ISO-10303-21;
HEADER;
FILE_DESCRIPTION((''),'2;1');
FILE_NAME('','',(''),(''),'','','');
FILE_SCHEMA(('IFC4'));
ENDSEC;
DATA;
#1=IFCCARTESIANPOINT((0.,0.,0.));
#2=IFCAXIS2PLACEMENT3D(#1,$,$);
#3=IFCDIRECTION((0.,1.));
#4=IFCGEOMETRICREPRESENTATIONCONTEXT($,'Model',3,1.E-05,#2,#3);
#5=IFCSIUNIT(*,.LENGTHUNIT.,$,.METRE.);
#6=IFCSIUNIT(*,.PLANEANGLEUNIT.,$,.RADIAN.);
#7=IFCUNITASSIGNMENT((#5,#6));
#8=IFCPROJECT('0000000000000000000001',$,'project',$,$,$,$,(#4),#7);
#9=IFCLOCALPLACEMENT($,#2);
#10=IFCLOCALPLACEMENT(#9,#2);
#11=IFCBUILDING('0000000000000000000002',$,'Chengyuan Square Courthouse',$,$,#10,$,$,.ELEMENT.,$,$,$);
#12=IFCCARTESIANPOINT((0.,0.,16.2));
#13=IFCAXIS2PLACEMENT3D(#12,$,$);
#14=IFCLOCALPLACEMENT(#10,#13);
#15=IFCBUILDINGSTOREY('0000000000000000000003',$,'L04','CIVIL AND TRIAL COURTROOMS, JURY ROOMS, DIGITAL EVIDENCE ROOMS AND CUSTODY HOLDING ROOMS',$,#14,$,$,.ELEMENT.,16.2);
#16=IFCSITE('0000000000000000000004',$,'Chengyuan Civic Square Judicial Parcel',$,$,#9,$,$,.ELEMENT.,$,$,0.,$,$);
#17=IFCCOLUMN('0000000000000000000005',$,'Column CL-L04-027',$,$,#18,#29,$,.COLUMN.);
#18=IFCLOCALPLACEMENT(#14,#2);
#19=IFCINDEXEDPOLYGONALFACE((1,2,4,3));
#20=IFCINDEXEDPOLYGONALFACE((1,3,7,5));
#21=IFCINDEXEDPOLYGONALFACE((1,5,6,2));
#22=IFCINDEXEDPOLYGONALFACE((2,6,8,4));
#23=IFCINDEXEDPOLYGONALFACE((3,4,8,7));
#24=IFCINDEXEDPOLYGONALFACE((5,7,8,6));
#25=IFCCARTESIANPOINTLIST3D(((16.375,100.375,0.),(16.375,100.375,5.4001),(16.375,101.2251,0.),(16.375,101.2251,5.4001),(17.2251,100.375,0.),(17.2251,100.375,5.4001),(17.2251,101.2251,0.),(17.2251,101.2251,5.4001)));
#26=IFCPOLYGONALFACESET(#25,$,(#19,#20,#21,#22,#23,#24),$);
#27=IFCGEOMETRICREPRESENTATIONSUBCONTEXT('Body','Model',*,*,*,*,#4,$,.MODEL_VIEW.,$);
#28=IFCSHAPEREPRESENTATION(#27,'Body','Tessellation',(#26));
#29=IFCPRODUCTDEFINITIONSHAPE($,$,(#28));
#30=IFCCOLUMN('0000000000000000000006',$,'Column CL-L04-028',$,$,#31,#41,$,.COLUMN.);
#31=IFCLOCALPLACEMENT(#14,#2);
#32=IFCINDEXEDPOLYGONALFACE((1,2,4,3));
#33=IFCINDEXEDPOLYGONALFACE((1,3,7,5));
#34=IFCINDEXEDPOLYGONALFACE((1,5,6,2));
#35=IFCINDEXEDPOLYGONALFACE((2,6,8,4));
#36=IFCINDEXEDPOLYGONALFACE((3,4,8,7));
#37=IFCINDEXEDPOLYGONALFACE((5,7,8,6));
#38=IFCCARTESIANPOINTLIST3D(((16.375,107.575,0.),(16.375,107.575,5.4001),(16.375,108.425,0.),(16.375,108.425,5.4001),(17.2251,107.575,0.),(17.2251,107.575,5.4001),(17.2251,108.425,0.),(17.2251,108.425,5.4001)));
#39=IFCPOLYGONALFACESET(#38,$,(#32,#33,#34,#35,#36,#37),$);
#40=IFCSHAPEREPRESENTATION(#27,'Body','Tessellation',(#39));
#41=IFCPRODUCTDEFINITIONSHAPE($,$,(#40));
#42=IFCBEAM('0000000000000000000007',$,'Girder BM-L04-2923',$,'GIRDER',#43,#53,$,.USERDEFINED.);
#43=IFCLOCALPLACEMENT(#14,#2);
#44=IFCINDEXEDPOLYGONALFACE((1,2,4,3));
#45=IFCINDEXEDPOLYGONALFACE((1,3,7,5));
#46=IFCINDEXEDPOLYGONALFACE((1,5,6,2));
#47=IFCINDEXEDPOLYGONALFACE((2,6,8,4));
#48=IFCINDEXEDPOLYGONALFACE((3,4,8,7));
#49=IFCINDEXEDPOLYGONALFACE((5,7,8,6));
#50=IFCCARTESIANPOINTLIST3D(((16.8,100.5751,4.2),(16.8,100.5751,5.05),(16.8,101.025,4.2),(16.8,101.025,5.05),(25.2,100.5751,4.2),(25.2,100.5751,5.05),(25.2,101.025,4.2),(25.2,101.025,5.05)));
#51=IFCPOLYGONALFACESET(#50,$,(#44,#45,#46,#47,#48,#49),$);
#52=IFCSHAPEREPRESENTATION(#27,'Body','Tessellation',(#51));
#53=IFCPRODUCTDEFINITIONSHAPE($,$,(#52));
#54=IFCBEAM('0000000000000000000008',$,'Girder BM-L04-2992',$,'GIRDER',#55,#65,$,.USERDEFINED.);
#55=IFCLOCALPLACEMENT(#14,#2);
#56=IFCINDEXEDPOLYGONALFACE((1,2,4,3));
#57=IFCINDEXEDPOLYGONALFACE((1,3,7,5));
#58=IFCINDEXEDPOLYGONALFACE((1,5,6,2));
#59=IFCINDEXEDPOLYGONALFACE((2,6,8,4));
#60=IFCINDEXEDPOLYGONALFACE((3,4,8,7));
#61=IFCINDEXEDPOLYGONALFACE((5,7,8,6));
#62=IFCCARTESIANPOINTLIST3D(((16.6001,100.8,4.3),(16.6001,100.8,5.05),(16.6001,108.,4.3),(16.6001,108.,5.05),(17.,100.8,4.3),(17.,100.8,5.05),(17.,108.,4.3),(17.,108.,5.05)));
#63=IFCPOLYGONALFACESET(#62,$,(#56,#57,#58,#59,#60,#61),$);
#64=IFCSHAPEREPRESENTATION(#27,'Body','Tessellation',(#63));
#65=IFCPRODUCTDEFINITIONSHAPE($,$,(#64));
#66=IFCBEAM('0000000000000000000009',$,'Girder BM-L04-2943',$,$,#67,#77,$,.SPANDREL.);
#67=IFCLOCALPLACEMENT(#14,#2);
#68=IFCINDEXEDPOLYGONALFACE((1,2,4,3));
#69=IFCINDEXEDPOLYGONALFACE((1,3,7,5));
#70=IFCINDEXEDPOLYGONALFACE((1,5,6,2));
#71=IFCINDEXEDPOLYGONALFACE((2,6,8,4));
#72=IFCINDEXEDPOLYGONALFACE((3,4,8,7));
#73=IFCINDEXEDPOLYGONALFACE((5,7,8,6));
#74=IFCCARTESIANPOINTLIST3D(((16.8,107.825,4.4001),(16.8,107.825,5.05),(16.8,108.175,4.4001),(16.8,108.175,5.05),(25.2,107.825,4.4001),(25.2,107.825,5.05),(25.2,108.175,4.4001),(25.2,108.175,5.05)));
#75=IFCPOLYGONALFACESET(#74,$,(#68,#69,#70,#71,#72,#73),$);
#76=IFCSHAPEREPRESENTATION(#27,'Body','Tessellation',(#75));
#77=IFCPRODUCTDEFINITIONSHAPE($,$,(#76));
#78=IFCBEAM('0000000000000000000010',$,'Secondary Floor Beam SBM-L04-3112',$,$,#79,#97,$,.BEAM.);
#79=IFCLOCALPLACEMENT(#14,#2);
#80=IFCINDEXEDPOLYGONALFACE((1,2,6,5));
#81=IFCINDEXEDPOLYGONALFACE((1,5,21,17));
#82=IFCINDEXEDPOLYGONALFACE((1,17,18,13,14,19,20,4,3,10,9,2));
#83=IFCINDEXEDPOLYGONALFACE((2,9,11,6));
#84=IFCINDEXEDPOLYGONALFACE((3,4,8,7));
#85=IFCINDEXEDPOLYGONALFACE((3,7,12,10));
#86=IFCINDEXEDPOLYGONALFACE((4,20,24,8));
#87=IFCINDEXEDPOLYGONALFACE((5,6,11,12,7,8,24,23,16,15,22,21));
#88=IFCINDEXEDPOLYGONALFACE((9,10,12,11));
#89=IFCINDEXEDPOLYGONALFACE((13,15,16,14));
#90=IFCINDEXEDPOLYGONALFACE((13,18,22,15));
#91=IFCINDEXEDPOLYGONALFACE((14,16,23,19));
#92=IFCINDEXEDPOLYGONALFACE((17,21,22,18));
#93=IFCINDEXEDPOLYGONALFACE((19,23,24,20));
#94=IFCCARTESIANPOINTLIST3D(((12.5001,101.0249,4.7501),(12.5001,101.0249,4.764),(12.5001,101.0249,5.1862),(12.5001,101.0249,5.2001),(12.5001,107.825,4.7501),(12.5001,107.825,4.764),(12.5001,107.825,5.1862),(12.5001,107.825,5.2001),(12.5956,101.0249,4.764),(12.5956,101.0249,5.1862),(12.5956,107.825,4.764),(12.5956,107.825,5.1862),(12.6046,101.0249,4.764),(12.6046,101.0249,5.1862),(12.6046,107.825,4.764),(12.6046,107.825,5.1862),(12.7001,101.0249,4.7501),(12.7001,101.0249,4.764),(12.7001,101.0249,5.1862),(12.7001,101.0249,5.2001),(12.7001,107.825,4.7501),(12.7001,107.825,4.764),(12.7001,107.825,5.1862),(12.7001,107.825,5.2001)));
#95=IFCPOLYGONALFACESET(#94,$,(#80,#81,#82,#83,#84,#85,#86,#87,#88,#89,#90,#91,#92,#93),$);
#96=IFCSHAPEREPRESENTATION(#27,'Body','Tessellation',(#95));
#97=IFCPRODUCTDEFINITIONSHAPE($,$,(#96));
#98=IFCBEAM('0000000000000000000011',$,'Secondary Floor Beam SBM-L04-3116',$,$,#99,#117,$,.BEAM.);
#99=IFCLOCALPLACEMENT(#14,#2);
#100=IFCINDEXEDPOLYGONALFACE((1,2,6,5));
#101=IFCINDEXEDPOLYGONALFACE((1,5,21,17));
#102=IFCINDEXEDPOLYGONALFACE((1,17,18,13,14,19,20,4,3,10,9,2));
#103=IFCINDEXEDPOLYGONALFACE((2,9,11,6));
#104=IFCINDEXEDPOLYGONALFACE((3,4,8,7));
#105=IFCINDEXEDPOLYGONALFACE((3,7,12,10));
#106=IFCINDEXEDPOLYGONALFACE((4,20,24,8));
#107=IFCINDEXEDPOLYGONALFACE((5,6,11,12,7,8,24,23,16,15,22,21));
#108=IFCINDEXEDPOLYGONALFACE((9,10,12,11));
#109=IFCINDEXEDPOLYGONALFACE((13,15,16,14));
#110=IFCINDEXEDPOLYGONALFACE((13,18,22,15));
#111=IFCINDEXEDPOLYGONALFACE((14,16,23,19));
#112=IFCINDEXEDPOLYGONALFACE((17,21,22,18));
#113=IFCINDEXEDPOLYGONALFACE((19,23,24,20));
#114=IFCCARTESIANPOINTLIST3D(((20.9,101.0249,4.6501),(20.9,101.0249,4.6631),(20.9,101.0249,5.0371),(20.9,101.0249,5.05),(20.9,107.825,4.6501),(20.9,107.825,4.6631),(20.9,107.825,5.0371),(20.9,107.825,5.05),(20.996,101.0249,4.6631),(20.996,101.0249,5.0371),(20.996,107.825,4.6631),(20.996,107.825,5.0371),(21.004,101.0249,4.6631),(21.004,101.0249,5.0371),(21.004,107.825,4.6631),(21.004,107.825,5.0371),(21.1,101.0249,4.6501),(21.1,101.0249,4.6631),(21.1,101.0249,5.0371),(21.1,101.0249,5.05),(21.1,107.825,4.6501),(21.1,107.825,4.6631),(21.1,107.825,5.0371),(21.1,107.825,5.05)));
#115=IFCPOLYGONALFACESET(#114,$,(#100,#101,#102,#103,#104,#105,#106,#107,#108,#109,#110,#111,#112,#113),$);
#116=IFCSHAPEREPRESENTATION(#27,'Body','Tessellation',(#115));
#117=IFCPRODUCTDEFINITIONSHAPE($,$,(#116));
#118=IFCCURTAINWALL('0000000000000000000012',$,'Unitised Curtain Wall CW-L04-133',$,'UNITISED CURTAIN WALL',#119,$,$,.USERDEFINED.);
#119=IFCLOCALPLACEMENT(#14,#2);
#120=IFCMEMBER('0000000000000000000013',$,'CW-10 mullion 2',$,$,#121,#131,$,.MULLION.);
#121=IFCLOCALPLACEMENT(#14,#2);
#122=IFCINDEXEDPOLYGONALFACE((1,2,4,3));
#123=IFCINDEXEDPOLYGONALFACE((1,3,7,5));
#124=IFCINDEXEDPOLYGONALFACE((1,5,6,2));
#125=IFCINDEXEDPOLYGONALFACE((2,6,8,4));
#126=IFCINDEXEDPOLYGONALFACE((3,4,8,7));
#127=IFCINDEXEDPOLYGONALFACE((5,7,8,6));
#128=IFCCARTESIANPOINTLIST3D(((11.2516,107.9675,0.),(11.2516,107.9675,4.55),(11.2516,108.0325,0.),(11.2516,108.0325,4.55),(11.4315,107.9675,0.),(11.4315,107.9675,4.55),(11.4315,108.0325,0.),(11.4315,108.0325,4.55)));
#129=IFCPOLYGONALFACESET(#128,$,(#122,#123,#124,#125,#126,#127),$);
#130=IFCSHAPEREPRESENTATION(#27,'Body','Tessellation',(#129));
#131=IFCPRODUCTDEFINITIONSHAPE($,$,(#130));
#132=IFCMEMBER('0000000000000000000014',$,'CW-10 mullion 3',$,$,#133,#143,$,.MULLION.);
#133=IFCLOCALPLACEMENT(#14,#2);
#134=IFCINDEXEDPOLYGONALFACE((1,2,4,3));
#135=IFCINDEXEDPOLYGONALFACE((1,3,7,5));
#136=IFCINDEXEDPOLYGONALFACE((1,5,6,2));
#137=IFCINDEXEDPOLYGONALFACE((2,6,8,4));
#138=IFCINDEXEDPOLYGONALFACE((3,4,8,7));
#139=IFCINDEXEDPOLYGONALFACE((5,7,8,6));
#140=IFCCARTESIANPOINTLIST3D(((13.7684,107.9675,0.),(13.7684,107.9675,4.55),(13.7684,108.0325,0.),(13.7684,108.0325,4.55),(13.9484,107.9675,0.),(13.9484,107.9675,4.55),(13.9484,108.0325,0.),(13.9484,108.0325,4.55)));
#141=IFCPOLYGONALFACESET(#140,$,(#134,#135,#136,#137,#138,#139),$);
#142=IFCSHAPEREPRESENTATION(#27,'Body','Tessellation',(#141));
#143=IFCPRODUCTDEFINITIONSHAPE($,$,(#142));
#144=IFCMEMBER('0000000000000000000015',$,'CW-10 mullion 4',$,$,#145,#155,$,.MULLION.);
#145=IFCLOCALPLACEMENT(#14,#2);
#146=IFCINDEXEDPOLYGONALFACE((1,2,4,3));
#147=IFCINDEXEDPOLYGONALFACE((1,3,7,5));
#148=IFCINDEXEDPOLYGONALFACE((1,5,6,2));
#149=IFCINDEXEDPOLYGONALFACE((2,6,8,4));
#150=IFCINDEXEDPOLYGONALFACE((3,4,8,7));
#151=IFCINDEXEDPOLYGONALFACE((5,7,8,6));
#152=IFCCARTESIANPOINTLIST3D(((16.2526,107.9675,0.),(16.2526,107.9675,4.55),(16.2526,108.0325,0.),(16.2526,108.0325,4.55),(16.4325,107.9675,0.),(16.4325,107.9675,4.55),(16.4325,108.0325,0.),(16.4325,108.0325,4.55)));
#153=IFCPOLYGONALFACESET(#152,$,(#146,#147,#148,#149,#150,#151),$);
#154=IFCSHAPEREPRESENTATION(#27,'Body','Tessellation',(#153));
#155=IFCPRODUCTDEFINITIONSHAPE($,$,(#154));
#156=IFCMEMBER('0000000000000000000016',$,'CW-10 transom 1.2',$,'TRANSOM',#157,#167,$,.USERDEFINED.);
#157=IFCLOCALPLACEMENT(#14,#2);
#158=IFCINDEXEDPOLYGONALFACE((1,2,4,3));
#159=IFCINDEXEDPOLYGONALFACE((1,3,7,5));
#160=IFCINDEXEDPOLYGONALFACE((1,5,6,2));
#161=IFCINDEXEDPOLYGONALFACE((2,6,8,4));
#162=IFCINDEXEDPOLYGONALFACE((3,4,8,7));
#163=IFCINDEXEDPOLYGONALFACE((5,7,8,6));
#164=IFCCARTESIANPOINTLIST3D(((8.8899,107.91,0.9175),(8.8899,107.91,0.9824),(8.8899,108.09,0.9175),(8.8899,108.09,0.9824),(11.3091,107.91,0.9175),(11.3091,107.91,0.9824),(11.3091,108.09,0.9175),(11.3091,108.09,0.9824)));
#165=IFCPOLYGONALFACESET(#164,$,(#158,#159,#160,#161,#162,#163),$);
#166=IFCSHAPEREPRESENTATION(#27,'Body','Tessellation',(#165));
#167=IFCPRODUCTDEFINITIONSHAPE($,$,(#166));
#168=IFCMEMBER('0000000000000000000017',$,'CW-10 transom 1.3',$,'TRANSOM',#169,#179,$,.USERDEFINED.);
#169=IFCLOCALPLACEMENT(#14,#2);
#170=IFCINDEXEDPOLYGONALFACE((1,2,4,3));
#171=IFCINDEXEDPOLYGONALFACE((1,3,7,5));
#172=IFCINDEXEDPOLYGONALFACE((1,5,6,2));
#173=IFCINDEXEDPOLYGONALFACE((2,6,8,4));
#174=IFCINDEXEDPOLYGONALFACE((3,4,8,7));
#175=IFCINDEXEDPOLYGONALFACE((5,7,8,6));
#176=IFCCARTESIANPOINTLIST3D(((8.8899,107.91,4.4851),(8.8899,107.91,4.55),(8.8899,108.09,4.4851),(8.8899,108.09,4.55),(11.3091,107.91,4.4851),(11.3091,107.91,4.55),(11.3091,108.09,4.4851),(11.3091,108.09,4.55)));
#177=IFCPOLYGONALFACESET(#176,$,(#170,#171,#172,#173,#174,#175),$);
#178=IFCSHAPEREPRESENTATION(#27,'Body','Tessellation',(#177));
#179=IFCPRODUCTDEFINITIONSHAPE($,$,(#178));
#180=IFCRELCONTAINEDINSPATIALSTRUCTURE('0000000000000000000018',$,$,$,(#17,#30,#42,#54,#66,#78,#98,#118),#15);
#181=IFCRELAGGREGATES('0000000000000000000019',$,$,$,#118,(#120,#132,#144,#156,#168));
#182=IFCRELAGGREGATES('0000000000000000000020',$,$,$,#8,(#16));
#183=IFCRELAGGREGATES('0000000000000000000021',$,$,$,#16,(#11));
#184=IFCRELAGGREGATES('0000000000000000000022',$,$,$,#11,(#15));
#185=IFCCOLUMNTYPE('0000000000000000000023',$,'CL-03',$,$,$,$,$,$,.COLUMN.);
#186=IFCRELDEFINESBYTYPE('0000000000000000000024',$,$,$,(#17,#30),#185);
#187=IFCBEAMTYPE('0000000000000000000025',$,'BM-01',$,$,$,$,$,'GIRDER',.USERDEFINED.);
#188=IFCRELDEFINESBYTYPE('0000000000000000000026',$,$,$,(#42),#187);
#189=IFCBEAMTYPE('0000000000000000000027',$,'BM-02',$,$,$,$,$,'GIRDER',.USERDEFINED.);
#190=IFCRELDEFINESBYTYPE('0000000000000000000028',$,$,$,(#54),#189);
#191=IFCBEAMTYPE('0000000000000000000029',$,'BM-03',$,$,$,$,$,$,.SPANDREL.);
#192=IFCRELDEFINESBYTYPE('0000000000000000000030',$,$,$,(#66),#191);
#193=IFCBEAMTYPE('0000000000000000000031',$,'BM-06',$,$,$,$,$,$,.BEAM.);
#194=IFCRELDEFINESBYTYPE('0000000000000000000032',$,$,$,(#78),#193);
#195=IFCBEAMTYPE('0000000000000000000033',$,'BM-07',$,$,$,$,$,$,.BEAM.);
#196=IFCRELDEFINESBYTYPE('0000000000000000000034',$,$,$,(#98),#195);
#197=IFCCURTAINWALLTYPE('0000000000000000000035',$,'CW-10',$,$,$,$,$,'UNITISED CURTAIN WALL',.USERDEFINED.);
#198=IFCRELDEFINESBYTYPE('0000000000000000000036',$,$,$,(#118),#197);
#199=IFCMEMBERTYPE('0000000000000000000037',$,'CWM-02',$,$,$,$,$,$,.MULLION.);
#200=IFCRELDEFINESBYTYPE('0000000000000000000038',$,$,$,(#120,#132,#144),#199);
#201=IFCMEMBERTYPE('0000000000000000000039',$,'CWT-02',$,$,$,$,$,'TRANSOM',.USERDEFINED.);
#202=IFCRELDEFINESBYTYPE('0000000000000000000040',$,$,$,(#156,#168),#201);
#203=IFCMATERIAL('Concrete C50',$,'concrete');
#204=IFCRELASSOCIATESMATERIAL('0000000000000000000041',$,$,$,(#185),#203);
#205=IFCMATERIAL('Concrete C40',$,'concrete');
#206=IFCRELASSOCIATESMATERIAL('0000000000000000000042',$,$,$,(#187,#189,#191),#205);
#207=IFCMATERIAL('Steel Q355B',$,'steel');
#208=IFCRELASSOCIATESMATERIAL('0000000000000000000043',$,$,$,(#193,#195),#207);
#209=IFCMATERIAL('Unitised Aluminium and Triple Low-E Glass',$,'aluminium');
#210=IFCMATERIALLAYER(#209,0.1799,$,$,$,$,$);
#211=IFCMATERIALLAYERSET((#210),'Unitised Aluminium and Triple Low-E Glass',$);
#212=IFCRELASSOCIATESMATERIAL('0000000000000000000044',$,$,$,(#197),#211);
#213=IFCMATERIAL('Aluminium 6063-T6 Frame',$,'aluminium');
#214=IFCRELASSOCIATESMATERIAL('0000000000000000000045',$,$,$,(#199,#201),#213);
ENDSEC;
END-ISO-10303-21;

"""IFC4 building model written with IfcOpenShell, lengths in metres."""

from ifc_helpers import new_model, si_unit, direction, frame, origin, origin_2d, place, context, subcontext, project, spatial, rectangle, i_section, extrude, material, layer, layer_set, material_profile, profile_set, type_object, element, aggregate, save


model = new_model("IFC4")

# Units and contexts
model_context = context("Model", 3, precision=1e-05, world=origin(), true_north=direction((0.0, 1.0)))
body_context = subcontext(model_context, "Body", "Model", "MODEL_VIEW")
ifc_project = project(units=[si_unit("LENGTHUNIT", "METRE"), si_unit("PLANEANGLEUNIT", "RADIAN")], contexts=[model_context])

# Site, building, storey
site_placement = place(None, origin())
site = spatial("IfcSite", under=ifc_project, at=site_placement, Name="Chengyuan Civic Square Judicial Parcel", CompositionType="ELEMENT", RefElevation=0.0)
building_placement = place(site_placement, origin())
building = spatial("IfcBuilding", under=site, at=building_placement, Name="Chengyuan Square Courthouse", CompositionType="ELEMENT")
storey_placement = place(building_placement, frame((0.0, 0.0, 16.2)))
storey = spatial("IfcBuildingStorey", under=building, at=storey_placement, Name="L04", Description="CIVIL AND TRIAL COURTROOMS, JURY ROOMS, DIGITAL EVIDENCE ROOMS AND CUSTODY HOLDING ROOMS", CompositionType="ELEMENT", Elevation=16.2)

# Columns
ifc_material_1 = material(Name="Concrete C50", Category="concrete")
ifc_material_profile_1 = material_profile(ifc_material_1, rectangle(XDim=0.8501, YDim=0.8501, at=origin_2d()), Name="RC-COL-850x850")
ifc_profile_set_1 = profile_set([ifc_material_profile_1], Name="Concrete C50")
column_type = type_object("IfcColumnType", Name="CL-03", PredefinedType="COLUMN", material=ifc_profile_set_1)
for number, where, z_axis, x_axis, name in (
    (1, (16.8, 100.8, 0.0), (0.0, 0.0, 1.0), (1.0, 0.0, 0.0), "Column CL-L04-027"),
    (2, (16.8, 108.0, 0.0), (0.0, 0.0, 1.0), (1.0, 0.0, 0.0), "Column CL-L04-028"),
):
    element("IfcColumn", number, at=place(storey_placement, frame(where, z_axis=z_axis, x_axis=x_axis)), inside=storey, type_object=column_type, Name=name, PredefinedType="COLUMN", context=body_context, shape_type="SweptSolid", body=[
        extrude(rectangle(XDim=0.8501, YDim=0.8501, at=origin_2d()), origin(), (0.0, 0.0, 1.0), 5.4001),
    ])

# Beams
ifc_material_2 = material(Name="Concrete C40", Category="concrete")
ifc_material_profile_2 = material_profile(ifc_material_2, rectangle(XDim=0.45, YDim=0.8501, at=origin_2d()), Name="RC-BM-450x850")
ifc_profile_set_2 = profile_set([ifc_material_profile_2], Name="Concrete C40")
beam_type_1 = type_object("IfcBeamType", Name="BM-01", ElementType="GIRDER", PredefinedType="USERDEFINED", material=ifc_profile_set_2)
beam_1_placement = place(storey_placement, frame((16.8, 100.8, 4.625), z_axis=(1.0, 0.0, 0.0), x_axis=(0.0, 1.0, 0.0)))
element("IfcBeam", 3, at=beam_1_placement, inside=storey, type_object=beam_type_1, Name="Girder BM-L04-2923", ObjectType="GIRDER", PredefinedType="USERDEFINED", context=body_context, shape_type="SweptSolid", body=[
    extrude(rectangle(XDim=0.45, YDim=0.8501, at=origin_2d()), origin(), (0.0, 0.0, 1.0), 8.3999),
])
ifc_material_profile_3 = material_profile(ifc_material_2, rectangle(XDim=0.3999, YDim=0.75, at=origin_2d()), Name="RC-BM-400x750")
ifc_profile_set_3 = profile_set([ifc_material_profile_3], Name="Concrete C40")
beam_type_2 = type_object("IfcBeamType", Name="BM-02", ElementType="GIRDER", PredefinedType="USERDEFINED", material=ifc_profile_set_3)
beam_2_placement = place(storey_placement, frame((16.8, 100.8, 4.675), z_axis=(0.0, 1.0, 0.0), x_axis=(-1.0, 0.0, 0.0)))
element("IfcBeam", 4, at=beam_2_placement, inside=storey, type_object=beam_type_2, Name="Girder BM-L04-2992", ObjectType="GIRDER", PredefinedType="USERDEFINED", context=body_context, shape_type="SweptSolid", body=[
    extrude(rectangle(XDim=0.3999, YDim=0.75, at=origin_2d()), origin(), (0.0, 0.0, 1.0), 7.2),
])
ifc_material_profile_4 = material_profile(ifc_material_2, rectangle(XDim=0.3501, YDim=0.6499, at=origin_2d()), Name="RC-BM-350x650")
ifc_profile_set_4 = profile_set([ifc_material_profile_4], Name="Concrete C40")
beam_type_3 = type_object("IfcBeamType", Name="BM-03", PredefinedType="SPANDREL", material=ifc_profile_set_4)
beam_3_placement = place(storey_placement, frame((16.8, 108.0, 4.7251), z_axis=(1.0, 0.0, 0.0), x_axis=(0.0, 1.0, 0.0)))
element("IfcBeam", 5, at=beam_3_placement, inside=storey, type_object=beam_type_3, Name="Girder BM-L04-2943", PredefinedType="SPANDREL", context=body_context, shape_type="SweptSolid", body=[
    extrude(rectangle(XDim=0.3501, YDim=0.6499, at=origin_2d()), origin(), (0.0, 0.0, 1.0), 8.3999),
])
ifc_material_3 = material(Name="Steel Q355B", Category="steel")
ifc_material_profile_5 = material_profile(ifc_material_3, i_section(OverallWidth=0.2, OverallDepth=0.45, WebThickness=0.009, FlangeThickness=0.0139, at=origin_2d()), Name="HN 450x200x9x14")
ifc_profile_set_5 = profile_set([ifc_material_profile_5], Name="Steel Q355B")
beam_type_4 = type_object("IfcBeamType", Name="BM-06", PredefinedType="BEAM", material=ifc_profile_set_5)
beam_4_placement = place(storey_placement, frame((12.6001, 101.0249, 4.9751), z_axis=(0.0, 1.0, 0.0), x_axis=(-1.0, 0.0, 0.0)))
element("IfcBeam", 6, at=beam_4_placement, inside=storey, type_object=beam_type_4, Name="Secondary Floor Beam SBM-L04-3112", PredefinedType="BEAM", context=body_context, shape_type="SweptSolid", body=[
    extrude(i_section(OverallWidth=0.2, OverallDepth=0.45, WebThickness=0.009, FlangeThickness=0.0139, at=origin_2d()), origin(), (0.0, 0.0, 1.0), 6.8),
])
ifc_material_profile_6 = material_profile(ifc_material_3, i_section(OverallWidth=0.2, OverallDepth=0.3999, WebThickness=0.0081, FlangeThickness=0.0129, at=origin_2d()), Name="HN 400x200x8x13")
ifc_profile_set_6 = profile_set([ifc_material_profile_6], Name="Steel Q355B")
beam_type_5 = type_object("IfcBeamType", Name="BM-07", PredefinedType="BEAM", material=ifc_profile_set_6)
beam_5_placement = place(storey_placement, frame((21.0, 101.0249, 4.8501), z_axis=(0.0, 1.0, 0.0), x_axis=(-1.0, 0.0, 0.0)))
element("IfcBeam", 7, at=beam_5_placement, inside=storey, type_object=beam_type_5, Name="Secondary Floor Beam SBM-L04-3116", PredefinedType="BEAM", context=body_context, shape_type="SweptSolid", body=[
    extrude(i_section(OverallWidth=0.2, OverallDepth=0.3999, WebThickness=0.0081, FlangeThickness=0.0129, at=origin_2d()), origin(), (0.0, 0.0, 1.0), 6.8),
])

# Curtain wall, members
ifc_material_4 = material(Name="Unitised Aluminium and Triple Low-E Glass", Category="aluminium")
ifc_layer_1 = layer(ifc_material_4, 0.1799)
ifc_layer_set_1 = layer_set([ifc_layer_1], Name="Unitised Aluminium and Triple Low-E Glass")
curtain_wall_type = type_object("IfcCurtainWallType", Name="CW-10", ElementType="UNITISED CURTAIN WALL", PredefinedType="USERDEFINED", material=ifc_layer_set_1)
curtain_wall_placement = place(storey_placement, origin())
curtain_wall = element("IfcCurtainWall", 8, at=curtain_wall_placement, inside=storey, type_object=curtain_wall_type, Name="Unitised Curtain Wall CW-L04-133", ObjectType="UNITISED CURTAIN WALL", PredefinedType="USERDEFINED")
ifc_material_5 = material(Name="Aluminium 6063-T6 Frame", Category="aluminium")
ifc_material_profile_7 = material_profile(ifc_material_5, rectangle(XDim=0.0649, YDim=0.1799, at=origin_2d()), Name="CW-MUL-65x180")
ifc_profile_set_7 = profile_set([ifc_material_profile_7], Name="Aluminium 6063-T6 Frame")
member_type_1 = type_object("IfcMemberType", Name="CWM-02", PredefinedType="MULLION", material=ifc_profile_set_7)
member_1_placement = place(storey_placement, frame((11.3416, 108.0, 0.0), z_axis=(0.0, 0.0, 1.0), x_axis=(0.0, 1.0, 0.0)))
member_1 = element("IfcMember", 9, at=member_1_placement, type_object=member_type_1, Name="CW-10 mullion 2", PredefinedType="MULLION", context=body_context, shape_type="SweptSolid", body=[
    extrude(rectangle(XDim=0.0649, YDim=0.1799, at=origin_2d()), origin(), (0.0, 0.0, 1.0), 4.55),
])
member_2_placement = place(storey_placement, frame((13.8584, 108.0, 0.0), z_axis=(0.0, 0.0, 1.0), x_axis=(0.0, 1.0, 0.0)))
member_2 = element("IfcMember", 10, at=member_2_placement, type_object=member_type_1, Name="CW-10 mullion 3", PredefinedType="MULLION", context=body_context, shape_type="SweptSolid", body=[
    extrude(rectangle(XDim=0.0649, YDim=0.1799, at=origin_2d()), origin(), (0.0, 0.0, 1.0), 4.55),
])
member_3_placement = place(storey_placement, frame((16.3425, 108.0, 0.0), z_axis=(0.0, 0.0, 1.0), x_axis=(0.0, 1.0, 0.0)))
member_3 = element("IfcMember", 11, at=member_3_placement, type_object=member_type_1, Name="CW-10 mullion 4", PredefinedType="MULLION", context=body_context, shape_type="SweptSolid", body=[
    extrude(rectangle(XDim=0.0649, YDim=0.1799, at=origin_2d()), origin(), (0.0, 0.0, 1.0), 4.55),
])
ifc_material_profile_8 = material_profile(ifc_material_5, rectangle(XDim=0.1799, YDim=0.0649, at=origin_2d()), Name="CW-TRN-65x140")
ifc_profile_set_8 = profile_set([ifc_material_profile_8], Name="Aluminium 6063-T6 Frame")
member_type_2 = type_object("IfcMemberType", Name="CWT-02", ElementType="TRANSOM", PredefinedType="USERDEFINED", material=ifc_profile_set_8)
member_4_placement = place(storey_placement, frame((8.8899, 108.0, 0.95), z_axis=(1.0, 0.0, 0.0), x_axis=(0.0, 1.0, 0.0)))
member_4 = element("IfcMember", 12, at=member_4_placement, type_object=member_type_2, Name="CW-10 transom 1.2", ObjectType="TRANSOM", PredefinedType="USERDEFINED", context=body_context, shape_type="SweptSolid", body=[
    extrude(rectangle(XDim=0.1799, YDim=0.0649, at=origin_2d()), origin(), (0.0, 0.0, 1.0), 2.4192),
])
member_5_placement = place(storey_placement, frame((8.8899, 108.0, 4.5176), z_axis=(1.0, 0.0, 0.0), x_axis=(0.0, 1.0, 0.0)))
member_5 = element("IfcMember", 13, at=member_5_placement, type_object=member_type_2, Name="CW-10 transom 1.3", ObjectType="TRANSOM", PredefinedType="USERDEFINED", context=body_context, shape_type="SweptSolid", body=[
    extrude(rectangle(XDim=0.1799, YDim=0.0649, at=origin_2d()), origin(), (0.0, 0.0, 1.0), 2.4192),
])
aggregate(curtain_wall, [member_1, member_2, member_3, member_4, member_5])

save(model, "model.ifc")
